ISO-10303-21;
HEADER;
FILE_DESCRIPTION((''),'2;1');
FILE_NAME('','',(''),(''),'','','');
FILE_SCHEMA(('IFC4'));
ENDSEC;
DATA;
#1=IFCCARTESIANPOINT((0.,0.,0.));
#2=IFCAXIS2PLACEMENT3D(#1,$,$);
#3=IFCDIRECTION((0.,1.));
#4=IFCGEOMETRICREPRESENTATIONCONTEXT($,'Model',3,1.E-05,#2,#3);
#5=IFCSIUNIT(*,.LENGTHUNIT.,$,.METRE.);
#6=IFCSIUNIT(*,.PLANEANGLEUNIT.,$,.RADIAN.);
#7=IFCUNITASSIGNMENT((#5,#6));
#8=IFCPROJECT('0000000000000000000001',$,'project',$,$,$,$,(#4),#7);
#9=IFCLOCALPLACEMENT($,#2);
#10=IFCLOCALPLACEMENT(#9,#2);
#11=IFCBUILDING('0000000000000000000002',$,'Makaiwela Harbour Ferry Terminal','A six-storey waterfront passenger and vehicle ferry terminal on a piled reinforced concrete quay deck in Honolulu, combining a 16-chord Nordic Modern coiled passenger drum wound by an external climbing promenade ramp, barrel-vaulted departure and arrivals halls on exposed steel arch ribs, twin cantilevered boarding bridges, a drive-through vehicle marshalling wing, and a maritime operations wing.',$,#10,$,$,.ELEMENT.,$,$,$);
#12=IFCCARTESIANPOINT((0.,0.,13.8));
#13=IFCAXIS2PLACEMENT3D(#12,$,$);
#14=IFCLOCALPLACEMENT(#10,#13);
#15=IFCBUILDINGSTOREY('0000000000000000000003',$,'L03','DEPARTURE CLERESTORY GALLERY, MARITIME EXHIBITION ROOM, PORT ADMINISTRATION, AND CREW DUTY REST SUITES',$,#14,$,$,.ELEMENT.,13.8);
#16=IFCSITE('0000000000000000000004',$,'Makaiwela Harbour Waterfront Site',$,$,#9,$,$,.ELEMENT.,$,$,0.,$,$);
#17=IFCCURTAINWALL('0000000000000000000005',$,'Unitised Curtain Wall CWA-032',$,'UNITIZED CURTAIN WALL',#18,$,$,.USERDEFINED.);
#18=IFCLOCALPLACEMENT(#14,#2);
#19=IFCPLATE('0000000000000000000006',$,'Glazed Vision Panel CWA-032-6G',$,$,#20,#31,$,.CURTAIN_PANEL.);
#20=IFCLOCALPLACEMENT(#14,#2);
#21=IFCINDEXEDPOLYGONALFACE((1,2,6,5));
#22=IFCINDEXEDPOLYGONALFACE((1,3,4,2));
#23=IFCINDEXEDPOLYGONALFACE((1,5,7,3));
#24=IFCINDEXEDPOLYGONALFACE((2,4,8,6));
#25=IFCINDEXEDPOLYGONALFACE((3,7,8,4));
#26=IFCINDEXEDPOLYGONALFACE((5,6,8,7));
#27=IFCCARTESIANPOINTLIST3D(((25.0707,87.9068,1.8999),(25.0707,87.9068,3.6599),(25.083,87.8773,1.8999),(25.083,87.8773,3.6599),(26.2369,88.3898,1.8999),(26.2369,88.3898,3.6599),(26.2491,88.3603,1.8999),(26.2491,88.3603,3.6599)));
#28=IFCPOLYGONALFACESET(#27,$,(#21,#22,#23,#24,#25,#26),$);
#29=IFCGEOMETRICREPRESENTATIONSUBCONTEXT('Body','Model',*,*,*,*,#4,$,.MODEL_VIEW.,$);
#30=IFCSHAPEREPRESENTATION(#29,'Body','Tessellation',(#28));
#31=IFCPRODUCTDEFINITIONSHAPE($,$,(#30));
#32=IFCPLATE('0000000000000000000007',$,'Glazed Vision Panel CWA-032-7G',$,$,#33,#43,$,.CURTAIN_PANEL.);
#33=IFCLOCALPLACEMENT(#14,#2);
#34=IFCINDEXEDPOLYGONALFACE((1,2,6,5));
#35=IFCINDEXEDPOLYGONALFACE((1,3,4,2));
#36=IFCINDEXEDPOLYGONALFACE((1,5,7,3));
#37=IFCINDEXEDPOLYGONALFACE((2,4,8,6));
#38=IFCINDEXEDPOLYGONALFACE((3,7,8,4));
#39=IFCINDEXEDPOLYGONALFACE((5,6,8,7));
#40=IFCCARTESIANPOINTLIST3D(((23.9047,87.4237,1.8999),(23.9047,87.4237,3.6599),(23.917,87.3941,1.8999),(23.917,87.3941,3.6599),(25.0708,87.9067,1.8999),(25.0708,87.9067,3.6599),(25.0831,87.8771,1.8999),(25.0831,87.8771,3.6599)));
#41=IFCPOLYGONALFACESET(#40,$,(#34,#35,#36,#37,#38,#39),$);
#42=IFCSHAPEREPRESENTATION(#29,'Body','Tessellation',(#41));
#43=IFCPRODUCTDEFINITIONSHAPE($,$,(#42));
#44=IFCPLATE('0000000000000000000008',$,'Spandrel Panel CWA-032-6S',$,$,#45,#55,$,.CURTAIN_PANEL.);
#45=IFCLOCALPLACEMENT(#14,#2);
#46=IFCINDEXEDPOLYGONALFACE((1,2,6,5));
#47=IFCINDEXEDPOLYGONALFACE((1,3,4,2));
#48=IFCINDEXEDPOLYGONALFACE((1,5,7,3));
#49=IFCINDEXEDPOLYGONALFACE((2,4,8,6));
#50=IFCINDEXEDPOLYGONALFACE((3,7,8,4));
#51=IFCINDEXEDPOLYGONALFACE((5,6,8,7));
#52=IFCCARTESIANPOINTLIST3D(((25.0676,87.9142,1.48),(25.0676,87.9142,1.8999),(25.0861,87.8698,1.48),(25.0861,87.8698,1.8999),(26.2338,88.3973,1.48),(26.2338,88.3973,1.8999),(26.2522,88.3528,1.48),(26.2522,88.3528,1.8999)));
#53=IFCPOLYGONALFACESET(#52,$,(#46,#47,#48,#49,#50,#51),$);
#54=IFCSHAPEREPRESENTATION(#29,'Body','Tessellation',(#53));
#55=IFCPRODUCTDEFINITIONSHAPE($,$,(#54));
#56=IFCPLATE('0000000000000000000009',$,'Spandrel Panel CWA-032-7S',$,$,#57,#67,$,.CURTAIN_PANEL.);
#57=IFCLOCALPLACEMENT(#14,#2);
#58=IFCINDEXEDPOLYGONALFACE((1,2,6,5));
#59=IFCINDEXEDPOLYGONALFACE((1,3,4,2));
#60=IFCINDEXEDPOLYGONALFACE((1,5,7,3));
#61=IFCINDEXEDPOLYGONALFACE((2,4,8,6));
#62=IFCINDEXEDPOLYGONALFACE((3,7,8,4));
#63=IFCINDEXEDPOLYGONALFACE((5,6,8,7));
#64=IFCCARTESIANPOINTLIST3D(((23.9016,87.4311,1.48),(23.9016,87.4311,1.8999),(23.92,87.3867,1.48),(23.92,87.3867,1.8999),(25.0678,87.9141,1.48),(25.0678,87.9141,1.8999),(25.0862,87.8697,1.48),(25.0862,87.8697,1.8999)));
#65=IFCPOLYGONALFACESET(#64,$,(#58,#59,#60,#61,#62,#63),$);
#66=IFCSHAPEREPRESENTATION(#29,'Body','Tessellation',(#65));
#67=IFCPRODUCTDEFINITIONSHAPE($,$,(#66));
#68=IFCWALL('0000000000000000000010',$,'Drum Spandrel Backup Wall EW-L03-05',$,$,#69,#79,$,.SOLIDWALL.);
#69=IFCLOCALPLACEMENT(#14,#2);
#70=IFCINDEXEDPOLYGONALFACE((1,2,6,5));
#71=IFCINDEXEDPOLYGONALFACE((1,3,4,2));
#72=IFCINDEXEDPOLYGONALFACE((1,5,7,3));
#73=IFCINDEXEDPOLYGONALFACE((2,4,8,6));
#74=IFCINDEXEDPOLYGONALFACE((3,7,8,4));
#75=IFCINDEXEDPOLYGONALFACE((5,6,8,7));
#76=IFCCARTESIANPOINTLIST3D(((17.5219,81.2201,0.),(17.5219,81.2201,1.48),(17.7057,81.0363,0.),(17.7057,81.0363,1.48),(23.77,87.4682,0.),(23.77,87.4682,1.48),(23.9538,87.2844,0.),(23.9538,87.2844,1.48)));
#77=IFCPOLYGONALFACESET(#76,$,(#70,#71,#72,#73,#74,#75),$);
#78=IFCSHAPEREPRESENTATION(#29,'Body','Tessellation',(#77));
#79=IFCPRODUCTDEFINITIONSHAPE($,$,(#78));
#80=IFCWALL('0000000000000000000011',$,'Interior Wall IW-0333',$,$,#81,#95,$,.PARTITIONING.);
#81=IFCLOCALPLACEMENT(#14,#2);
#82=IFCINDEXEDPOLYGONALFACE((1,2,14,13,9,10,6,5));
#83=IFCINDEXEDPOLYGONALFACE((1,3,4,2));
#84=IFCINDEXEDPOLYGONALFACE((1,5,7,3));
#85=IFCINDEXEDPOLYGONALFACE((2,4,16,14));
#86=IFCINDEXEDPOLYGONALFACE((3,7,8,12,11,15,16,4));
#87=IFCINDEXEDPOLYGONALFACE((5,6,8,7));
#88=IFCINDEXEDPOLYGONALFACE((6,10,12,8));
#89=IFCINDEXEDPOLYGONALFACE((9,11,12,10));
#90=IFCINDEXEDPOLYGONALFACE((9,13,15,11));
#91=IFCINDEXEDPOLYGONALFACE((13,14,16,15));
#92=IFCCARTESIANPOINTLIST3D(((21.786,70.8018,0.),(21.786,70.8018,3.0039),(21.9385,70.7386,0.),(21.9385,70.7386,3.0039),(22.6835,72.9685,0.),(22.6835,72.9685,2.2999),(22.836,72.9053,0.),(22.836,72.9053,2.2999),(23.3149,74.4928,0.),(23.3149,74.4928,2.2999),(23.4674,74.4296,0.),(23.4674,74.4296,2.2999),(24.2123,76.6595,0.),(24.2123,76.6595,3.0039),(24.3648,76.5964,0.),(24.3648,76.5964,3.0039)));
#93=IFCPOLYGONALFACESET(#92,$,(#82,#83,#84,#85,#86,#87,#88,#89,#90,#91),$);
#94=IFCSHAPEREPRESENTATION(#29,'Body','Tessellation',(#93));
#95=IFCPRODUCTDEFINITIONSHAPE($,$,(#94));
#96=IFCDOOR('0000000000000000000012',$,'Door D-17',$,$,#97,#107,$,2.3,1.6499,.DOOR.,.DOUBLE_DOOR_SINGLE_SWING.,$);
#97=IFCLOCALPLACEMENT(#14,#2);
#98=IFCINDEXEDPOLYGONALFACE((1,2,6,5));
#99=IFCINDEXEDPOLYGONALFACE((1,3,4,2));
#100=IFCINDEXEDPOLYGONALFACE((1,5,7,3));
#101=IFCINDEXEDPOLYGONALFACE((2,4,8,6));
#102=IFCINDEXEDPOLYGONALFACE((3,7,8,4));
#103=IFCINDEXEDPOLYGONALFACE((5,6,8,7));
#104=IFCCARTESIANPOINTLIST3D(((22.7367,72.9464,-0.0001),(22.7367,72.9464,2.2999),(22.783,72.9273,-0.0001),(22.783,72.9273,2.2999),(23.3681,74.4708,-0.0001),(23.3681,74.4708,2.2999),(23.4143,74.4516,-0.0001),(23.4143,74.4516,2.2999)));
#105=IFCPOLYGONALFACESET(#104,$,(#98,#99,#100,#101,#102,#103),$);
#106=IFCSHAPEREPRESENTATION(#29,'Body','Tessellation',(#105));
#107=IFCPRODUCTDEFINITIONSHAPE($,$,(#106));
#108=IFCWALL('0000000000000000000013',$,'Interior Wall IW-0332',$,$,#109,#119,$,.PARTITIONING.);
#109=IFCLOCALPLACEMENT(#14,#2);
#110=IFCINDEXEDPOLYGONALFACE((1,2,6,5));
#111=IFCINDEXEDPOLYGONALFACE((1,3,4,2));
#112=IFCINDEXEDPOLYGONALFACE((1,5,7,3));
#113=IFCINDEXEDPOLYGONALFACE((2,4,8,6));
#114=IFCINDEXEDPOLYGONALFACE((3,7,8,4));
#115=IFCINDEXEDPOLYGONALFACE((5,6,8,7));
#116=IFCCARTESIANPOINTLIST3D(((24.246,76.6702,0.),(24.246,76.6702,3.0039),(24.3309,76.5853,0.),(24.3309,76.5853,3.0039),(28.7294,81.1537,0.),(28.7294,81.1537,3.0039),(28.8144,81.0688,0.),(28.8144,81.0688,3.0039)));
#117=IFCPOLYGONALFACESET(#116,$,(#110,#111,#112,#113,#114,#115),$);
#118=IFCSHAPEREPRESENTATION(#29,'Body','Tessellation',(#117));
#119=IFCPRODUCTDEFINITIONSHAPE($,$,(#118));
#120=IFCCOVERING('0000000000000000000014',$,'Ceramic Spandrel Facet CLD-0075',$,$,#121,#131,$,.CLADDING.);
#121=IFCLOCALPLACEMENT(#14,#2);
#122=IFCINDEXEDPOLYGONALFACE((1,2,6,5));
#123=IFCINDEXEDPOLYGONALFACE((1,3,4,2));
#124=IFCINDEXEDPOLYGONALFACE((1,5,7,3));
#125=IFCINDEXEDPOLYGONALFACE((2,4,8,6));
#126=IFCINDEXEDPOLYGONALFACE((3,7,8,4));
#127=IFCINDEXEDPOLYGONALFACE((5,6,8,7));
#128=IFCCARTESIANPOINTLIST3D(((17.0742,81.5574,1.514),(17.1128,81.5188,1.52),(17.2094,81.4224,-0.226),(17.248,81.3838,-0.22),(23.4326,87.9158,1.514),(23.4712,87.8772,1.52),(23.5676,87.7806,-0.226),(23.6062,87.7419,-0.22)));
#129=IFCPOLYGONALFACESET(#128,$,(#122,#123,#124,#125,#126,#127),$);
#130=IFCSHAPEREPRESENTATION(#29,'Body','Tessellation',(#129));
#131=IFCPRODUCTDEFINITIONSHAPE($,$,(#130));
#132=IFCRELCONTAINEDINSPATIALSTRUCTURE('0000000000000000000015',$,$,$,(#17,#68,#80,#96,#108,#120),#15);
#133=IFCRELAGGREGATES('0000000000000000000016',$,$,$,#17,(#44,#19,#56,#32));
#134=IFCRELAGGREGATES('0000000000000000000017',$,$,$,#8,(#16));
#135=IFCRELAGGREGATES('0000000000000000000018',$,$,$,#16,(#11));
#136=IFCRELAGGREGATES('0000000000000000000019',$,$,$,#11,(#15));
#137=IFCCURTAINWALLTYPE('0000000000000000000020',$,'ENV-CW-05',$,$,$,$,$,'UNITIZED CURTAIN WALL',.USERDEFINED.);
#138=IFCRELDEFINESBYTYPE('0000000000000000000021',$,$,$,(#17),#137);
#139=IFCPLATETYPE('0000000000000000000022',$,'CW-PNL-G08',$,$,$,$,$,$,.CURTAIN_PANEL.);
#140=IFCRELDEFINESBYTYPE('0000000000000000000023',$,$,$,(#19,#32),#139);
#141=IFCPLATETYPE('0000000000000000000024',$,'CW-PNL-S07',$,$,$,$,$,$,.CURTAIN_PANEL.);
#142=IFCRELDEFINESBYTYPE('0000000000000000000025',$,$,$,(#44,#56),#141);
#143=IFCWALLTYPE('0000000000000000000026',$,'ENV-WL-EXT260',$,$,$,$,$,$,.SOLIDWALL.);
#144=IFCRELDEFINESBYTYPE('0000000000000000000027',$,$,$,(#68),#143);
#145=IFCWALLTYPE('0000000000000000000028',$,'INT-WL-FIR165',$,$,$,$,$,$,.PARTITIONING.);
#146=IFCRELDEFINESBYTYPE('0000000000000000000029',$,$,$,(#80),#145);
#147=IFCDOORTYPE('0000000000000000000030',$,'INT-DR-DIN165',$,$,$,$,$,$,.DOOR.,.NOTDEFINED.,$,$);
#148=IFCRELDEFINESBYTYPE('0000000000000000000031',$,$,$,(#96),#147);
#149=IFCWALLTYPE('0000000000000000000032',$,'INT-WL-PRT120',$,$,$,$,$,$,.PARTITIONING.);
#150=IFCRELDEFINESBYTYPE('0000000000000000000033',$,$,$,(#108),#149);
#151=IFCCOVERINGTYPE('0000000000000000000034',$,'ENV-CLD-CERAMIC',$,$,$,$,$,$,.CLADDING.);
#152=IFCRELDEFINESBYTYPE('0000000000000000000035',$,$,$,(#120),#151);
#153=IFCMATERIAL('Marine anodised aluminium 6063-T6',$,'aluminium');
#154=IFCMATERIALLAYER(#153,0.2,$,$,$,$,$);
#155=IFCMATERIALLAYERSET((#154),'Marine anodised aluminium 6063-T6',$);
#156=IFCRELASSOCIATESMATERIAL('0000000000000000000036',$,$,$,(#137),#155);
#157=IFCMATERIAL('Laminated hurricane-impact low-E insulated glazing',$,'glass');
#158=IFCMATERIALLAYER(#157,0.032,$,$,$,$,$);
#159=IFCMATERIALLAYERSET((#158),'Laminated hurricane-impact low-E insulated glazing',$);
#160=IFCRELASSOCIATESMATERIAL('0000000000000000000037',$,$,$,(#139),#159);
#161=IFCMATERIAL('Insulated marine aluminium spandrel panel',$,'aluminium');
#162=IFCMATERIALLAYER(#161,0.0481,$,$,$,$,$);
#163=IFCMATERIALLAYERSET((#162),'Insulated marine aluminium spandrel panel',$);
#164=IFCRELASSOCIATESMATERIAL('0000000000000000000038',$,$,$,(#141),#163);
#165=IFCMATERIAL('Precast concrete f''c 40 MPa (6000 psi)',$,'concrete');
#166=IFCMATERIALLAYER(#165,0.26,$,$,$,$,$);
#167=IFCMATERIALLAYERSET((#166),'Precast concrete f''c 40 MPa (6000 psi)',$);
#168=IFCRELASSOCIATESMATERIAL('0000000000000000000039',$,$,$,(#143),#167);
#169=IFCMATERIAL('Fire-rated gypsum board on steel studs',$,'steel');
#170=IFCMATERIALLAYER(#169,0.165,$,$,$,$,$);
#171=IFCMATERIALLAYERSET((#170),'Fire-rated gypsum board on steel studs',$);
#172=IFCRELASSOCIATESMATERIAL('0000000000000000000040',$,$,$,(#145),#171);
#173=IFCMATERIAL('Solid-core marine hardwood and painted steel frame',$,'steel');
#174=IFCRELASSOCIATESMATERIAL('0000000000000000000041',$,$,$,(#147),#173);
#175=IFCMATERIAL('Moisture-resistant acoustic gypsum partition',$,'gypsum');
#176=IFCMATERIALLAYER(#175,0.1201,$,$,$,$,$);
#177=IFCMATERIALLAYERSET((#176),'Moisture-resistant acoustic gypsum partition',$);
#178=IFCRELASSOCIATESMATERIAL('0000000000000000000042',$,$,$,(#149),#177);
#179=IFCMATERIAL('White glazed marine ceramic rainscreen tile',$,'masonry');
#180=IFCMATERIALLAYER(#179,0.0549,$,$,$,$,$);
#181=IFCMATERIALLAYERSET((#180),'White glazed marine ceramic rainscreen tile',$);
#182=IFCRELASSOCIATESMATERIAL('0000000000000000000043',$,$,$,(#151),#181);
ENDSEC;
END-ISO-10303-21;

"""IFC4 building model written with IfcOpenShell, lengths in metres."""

from ifc_helpers import new_model, si_unit, direction, frame, frame_2d, origin, origin_2d, place, context, subcontext, project, spatial, polyline, rectangle, outline, extrude, material, layer, layer_set, type_object, element, fill, aggregate, save


model = new_model("IFC4")

# Units and contexts
model_context = context("Model", 3, precision=1e-05, world=origin(), true_north=direction((0.0, 1.0)))
body_context = subcontext(model_context, "Body", "Model", "MODEL_VIEW")
ifc_project = project(units=[si_unit("LENGTHUNIT", "METRE"), si_unit("PLANEANGLEUNIT", "RADIAN")], contexts=[model_context])

# Site, building, storey
site_placement = place(None, origin())
site = spatial("IfcSite", under=ifc_project, at=site_placement, Name="Makaiwela Harbour Waterfront Site", CompositionType="ELEMENT", RefElevation=0.0)
building_placement = place(site_placement, origin())
building = spatial("IfcBuilding", under=site, at=building_placement, Name="Makaiwela Harbour Ferry Terminal", Description="A six-storey waterfront passenger and vehicle ferry terminal on a piled reinforced concrete quay deck in Honolulu, combining a 16-chord Nordic Modern coiled passenger drum wound by an external climbing promenade ramp, barrel-vaulted departure and arrivals halls on exposed steel arch ribs, twin cantilevered boarding bridges, a drive-through vehicle marshalling wing, and a maritime operations wing.", CompositionType="ELEMENT")
storey_placement = place(building_placement, frame((0.0, 0.0, 13.8)))
storey = spatial("IfcBuildingStorey", under=building, at=storey_placement, Name="L03", Description="DEPARTURE CLERESTORY GALLERY, MARITIME EXHIBITION ROOM, PORT ADMINISTRATION, AND CREW DUTY REST SUITES", CompositionType="ELEMENT", Elevation=13.8)

# Curtain wall
ifc_material_1 = material(Name="Marine anodised aluminium 6063-T6", Category="aluminium")
ifc_layer_1 = layer(ifc_material_1, 0.2)
ifc_layer_set_1 = layer_set([ifc_layer_1], Name="Marine anodised aluminium 6063-T6")
curtain_wall_type = type_object("IfcCurtainWallType", Name="ENV-CW-05", ElementType="UNITIZED CURTAIN WALL", PredefinedType="USERDEFINED", material=ifc_layer_set_1)
curtain_wall_1_placement = place(storey_placement, origin())
curtain_wall_1 = element("IfcCurtainWall", 1, at=curtain_wall_1_placement, inside=storey, type_object=curtain_wall_type, Name="Unitised Curtain Wall CWA-032", ObjectType="UNITIZED CURTAIN WALL", PredefinedType="USERDEFINED")

# Plates
ifc_material_2 = material(Name="Laminated hurricane-impact low-E insulated glazing", Category="glass")
ifc_layer_2 = layer(ifc_material_2, 0.032)
ifc_layer_set_2 = layer_set([ifc_layer_2], Name="Laminated hurricane-impact low-E insulated glazing")
plate_type_1 = type_object("IfcPlateType", Name="CW-PNL-G08", PredefinedType="CURTAIN_PANEL", material=ifc_layer_set_2)
plate_1_placement = place(storey_placement, frame((25.6599, 88.1335, 1.8999), z_axis=(0.0, 0.0, 1.0), x_axis=(-0.92388, -0.382683, 0.0)))
plate_1 = element("IfcPlate", 2, at=plate_1_placement, type_object=plate_type_1, Name="Glazed Vision Panel CWA-032-6G", PredefinedType="CURTAIN_PANEL", context=body_context, shape_type="SweptSolid", body=[
    extrude(rectangle(XDim=1.2622, YDim=0.032, at=origin_2d()), origin(), (0.0, 0.0, 1.0), 1.76),
])
plate_2_placement = place(storey_placement, frame((24.4939, 87.6504, 1.8999), z_axis=(0.0, 0.0, 1.0), x_axis=(-0.92388, -0.382683, 0.0)))
plate_2 = element("IfcPlate", 3, at=plate_2_placement, type_object=plate_type_1, Name="Glazed Vision Panel CWA-032-7G", PredefinedType="CURTAIN_PANEL", context=body_context, shape_type="SweptSolid", body=[
    extrude(rectangle(XDim=1.2622, YDim=0.032, at=origin_2d()), origin(), (0.0, 0.0, 1.0), 1.76),
])
ifc_material_3 = material(Name="Insulated marine aluminium spandrel panel", Category="aluminium")
ifc_layer_3 = layer(ifc_material_3, 0.0481)
ifc_layer_set_3 = layer_set([ifc_layer_3], Name="Insulated marine aluminium spandrel panel")
plate_type_2 = type_object("IfcPlateType", Name="CW-PNL-S07", PredefinedType="CURTAIN_PANEL", material=ifc_layer_set_3)
plate_3_placement = place(storey_placement, frame((25.6599, 88.1335, 1.48), z_axis=(0.0, 0.0, 1.0), x_axis=(-0.92388, -0.382683, 0.0)))
plate_3 = element("IfcPlate", 4, at=plate_3_placement, type_object=plate_type_2, Name="Spandrel Panel CWA-032-6S", PredefinedType="CURTAIN_PANEL", context=body_context, shape_type="SweptSolid", body=[
    extrude(rectangle(XDim=1.2622, YDim=0.0481, at=origin_2d()), origin(), (0.0, 0.0, 1.0), 0.4199),
])
plate_4_placement = place(storey_placement, frame((24.4939, 87.6504, 1.48), z_axis=(0.0, 0.0, 1.0), x_axis=(-0.92388, -0.382683, 0.0)))
plate_4 = element("IfcPlate", 5, at=plate_4_placement, type_object=plate_type_2, Name="Spandrel Panel CWA-032-7S", PredefinedType="CURTAIN_PANEL", context=body_context, shape_type="SweptSolid", body=[
    extrude(rectangle(XDim=1.2622, YDim=0.0481, at=origin_2d()), origin(), (0.0, 0.0, 1.0), 0.4199),
])
aggregate(curtain_wall_1, [plate_3, plate_1, plate_4, plate_2])

# Wall
ifc_material_4 = material(Name="Precast concrete f'c 40 MPa (6000 psi)", Category="concrete")
ifc_layer_4 = layer(ifc_material_4, 0.26)
ifc_layer_set_4 = layer_set([ifc_layer_4], Name="Precast concrete f'c 40 MPa (6000 psi)")
wall_type_1 = type_object("IfcWallType", Name="ENV-WL-EXT260", PredefinedType="SOLIDWALL", material=ifc_layer_set_4)
wall_1_placement = place(storey_placement, frame((23.8618, 87.3762, 0.0), z_axis=(0.0, 0.0, 1.0), x_axis=(-0.707107, -0.707107, 0.0)))
element("IfcWall", 6, at=wall_1_placement, inside=storey, type_object=wall_type_1, Name="Drum Spandrel Backup Wall EW-L03-05", PredefinedType="SOLIDWALL", context=body_context, shape_type="SweptSolid", body=[
    extrude(rectangle(XDim=8.8362, YDim=0.26, at=frame_2d((4.418, 0.0))), origin(), (0.0, 0.0, 1.0), 1.48),
])

# Wall, opening, door
ifc_material_5 = material(Name="Fire-rated gypsum board on steel studs", Category="steel")
ifc_layer_5 = layer(ifc_material_5, 0.165)
ifc_layer_set_5 = layer_set([ifc_layer_5], Name="Fire-rated gypsum board on steel studs")
wall_type_2 = type_object("IfcWallType", Name="INT-WL-FIR165", PredefinedType="PARTITIONING", material=ifc_layer_set_5)
wall_2_placement = place(storey_placement, frame((24.2886, 76.6279, 0.0), z_axis=(0.0, 0.0, 1.0), x_axis=(-0.382676, -0.923883, 0.0)))
wall_2 = element("IfcWall", 7, at=wall_2_placement, inside=storey, type_object=wall_type_2, Name="Interior Wall IW-0333", PredefinedType="PARTITIONING", context=body_context, shape_type="SweptSolid", body=[
    extrude(rectangle(XDim=6.3403, YDim=0.165, at=frame_2d((3.1702, 0.0))), origin(), (0.0, 0.0, 1.0), 3.0039),
])
opening_placement = place(wall_2_placement, frame((2.3452, 0.0, 0.0)))
opening = element("IfcOpeningElement", 8, at=opening_placement, cuts=wall_2, PredefinedType="OPENING", context=body_context, shape_type="SweptSolid", body=[
    extrude(rectangle(XDim=1.6499, YDim=2.3, at=frame_2d((0.825, 1.1499))), frame((0.0, 0.0925, 0.0), z_axis=(0.0, -1.0, 0.0), x_axis=(1.0, 0.0, 0.0)), (0.0, 0.0, 1.0), 0.1851),
])
ifc_material_6 = material(Name="Solid-core marine hardwood and painted steel frame", Category="steel")
door_type = type_object("IfcDoorType", Name="INT-DR-DIN165", OperationType="NOTDEFINED", PredefinedType="DOOR", material=ifc_material_6)
door_placement = place(opening_placement, frame((1.6499, 0.0, 0.0), z_axis=(0.0, 0.0, 1.0), x_axis=(-1.0, 0.0, 0.0)))
door = element("IfcDoor", 9, at=door_placement, inside=storey, type_object=door_type, Name="Door D-17", OperationType="DOUBLE_DOOR_SINGLE_SWING", OverallHeight=2.3, OverallWidth=1.6499, PredefinedType="DOOR", context=body_context, shape_type="SweptSolid", body=[
    extrude(rectangle(XDim=1.6499, YDim=2.3, at=frame_2d((0.825, 1.1499))), frame((0.0, 0.0249, 0.0), z_axis=(0.0, -1.0, 0.0), x_axis=(1.0, 0.0, 0.0)), (0.0, 0.0, 1.0), 0.05),
])
fill(opening, door)

# Wall
ifc_material_7 = material(Name="Moisture-resistant acoustic gypsum partition", Category="gypsum")
ifc_layer_6 = layer(ifc_material_7, 0.1201)
ifc_layer_set_6 = layer_set([ifc_layer_6], Name="Moisture-resistant acoustic gypsum partition")
wall_type_3 = type_object("IfcWallType", Name="INT-WL-PRT120", PredefinedType="PARTITIONING", material=ifc_layer_set_6)
wall_3_placement = place(storey_placement, frame((28.772, 81.1113, 0.0), z_axis=(0.0, 0.0, 1.0), x_axis=(-0.707107, -0.707107, 0.0)))
element("IfcWall", 10, at=wall_3_placement, inside=storey, type_object=wall_type_3, Name="Interior Wall IW-0332", PredefinedType="PARTITIONING", context=body_context, shape_type="SweptSolid", body=[
    extrude(rectangle(XDim=6.3406, YDim=0.1201, at=frame_2d((3.1704, 0.0))), origin(), (0.0, 0.0, 1.0), 3.0039),
])

# Covering
ifc_material_8 = material(Name="White glazed marine ceramic rainscreen tile", Category="masonry")
ifc_layer_7 = layer(ifc_material_8, 0.0549)
ifc_layer_set_7 = layer_set([ifc_layer_7], Name="White glazed marine ceramic rainscreen tile")
covering_type = type_object("IfcCoveringType", Name="ENV-CLD-CERAMIC", PredefinedType="CLADDING", material=ifc_layer_set_7)
covering_placement = place(storey_placement, frame((23.6062, 87.7419, -0.22), z_axis=(0.70288, -0.70288, 0.109175), x_axis=(-0.707107, -0.707107, 0.0)))
element("IfcCovering", 11, at=covering_placement, inside=storey, type_object=covering_type, Name="Ceramic Spandrel Facet CLD-0075", PredefinedType="CLADDING", context=body_context, shape_type="SweptSolid", body=[
    extrude(outline(polyline([(0.0, 0.0), (8.9918, 0.0), (8.992, -1.7505), (-0.0002, -1.7505), (0.0, 0.0)])), origin(), (0.0, 0.0, -1.0), 0.0549),
])

save(model, "model.ifc")
